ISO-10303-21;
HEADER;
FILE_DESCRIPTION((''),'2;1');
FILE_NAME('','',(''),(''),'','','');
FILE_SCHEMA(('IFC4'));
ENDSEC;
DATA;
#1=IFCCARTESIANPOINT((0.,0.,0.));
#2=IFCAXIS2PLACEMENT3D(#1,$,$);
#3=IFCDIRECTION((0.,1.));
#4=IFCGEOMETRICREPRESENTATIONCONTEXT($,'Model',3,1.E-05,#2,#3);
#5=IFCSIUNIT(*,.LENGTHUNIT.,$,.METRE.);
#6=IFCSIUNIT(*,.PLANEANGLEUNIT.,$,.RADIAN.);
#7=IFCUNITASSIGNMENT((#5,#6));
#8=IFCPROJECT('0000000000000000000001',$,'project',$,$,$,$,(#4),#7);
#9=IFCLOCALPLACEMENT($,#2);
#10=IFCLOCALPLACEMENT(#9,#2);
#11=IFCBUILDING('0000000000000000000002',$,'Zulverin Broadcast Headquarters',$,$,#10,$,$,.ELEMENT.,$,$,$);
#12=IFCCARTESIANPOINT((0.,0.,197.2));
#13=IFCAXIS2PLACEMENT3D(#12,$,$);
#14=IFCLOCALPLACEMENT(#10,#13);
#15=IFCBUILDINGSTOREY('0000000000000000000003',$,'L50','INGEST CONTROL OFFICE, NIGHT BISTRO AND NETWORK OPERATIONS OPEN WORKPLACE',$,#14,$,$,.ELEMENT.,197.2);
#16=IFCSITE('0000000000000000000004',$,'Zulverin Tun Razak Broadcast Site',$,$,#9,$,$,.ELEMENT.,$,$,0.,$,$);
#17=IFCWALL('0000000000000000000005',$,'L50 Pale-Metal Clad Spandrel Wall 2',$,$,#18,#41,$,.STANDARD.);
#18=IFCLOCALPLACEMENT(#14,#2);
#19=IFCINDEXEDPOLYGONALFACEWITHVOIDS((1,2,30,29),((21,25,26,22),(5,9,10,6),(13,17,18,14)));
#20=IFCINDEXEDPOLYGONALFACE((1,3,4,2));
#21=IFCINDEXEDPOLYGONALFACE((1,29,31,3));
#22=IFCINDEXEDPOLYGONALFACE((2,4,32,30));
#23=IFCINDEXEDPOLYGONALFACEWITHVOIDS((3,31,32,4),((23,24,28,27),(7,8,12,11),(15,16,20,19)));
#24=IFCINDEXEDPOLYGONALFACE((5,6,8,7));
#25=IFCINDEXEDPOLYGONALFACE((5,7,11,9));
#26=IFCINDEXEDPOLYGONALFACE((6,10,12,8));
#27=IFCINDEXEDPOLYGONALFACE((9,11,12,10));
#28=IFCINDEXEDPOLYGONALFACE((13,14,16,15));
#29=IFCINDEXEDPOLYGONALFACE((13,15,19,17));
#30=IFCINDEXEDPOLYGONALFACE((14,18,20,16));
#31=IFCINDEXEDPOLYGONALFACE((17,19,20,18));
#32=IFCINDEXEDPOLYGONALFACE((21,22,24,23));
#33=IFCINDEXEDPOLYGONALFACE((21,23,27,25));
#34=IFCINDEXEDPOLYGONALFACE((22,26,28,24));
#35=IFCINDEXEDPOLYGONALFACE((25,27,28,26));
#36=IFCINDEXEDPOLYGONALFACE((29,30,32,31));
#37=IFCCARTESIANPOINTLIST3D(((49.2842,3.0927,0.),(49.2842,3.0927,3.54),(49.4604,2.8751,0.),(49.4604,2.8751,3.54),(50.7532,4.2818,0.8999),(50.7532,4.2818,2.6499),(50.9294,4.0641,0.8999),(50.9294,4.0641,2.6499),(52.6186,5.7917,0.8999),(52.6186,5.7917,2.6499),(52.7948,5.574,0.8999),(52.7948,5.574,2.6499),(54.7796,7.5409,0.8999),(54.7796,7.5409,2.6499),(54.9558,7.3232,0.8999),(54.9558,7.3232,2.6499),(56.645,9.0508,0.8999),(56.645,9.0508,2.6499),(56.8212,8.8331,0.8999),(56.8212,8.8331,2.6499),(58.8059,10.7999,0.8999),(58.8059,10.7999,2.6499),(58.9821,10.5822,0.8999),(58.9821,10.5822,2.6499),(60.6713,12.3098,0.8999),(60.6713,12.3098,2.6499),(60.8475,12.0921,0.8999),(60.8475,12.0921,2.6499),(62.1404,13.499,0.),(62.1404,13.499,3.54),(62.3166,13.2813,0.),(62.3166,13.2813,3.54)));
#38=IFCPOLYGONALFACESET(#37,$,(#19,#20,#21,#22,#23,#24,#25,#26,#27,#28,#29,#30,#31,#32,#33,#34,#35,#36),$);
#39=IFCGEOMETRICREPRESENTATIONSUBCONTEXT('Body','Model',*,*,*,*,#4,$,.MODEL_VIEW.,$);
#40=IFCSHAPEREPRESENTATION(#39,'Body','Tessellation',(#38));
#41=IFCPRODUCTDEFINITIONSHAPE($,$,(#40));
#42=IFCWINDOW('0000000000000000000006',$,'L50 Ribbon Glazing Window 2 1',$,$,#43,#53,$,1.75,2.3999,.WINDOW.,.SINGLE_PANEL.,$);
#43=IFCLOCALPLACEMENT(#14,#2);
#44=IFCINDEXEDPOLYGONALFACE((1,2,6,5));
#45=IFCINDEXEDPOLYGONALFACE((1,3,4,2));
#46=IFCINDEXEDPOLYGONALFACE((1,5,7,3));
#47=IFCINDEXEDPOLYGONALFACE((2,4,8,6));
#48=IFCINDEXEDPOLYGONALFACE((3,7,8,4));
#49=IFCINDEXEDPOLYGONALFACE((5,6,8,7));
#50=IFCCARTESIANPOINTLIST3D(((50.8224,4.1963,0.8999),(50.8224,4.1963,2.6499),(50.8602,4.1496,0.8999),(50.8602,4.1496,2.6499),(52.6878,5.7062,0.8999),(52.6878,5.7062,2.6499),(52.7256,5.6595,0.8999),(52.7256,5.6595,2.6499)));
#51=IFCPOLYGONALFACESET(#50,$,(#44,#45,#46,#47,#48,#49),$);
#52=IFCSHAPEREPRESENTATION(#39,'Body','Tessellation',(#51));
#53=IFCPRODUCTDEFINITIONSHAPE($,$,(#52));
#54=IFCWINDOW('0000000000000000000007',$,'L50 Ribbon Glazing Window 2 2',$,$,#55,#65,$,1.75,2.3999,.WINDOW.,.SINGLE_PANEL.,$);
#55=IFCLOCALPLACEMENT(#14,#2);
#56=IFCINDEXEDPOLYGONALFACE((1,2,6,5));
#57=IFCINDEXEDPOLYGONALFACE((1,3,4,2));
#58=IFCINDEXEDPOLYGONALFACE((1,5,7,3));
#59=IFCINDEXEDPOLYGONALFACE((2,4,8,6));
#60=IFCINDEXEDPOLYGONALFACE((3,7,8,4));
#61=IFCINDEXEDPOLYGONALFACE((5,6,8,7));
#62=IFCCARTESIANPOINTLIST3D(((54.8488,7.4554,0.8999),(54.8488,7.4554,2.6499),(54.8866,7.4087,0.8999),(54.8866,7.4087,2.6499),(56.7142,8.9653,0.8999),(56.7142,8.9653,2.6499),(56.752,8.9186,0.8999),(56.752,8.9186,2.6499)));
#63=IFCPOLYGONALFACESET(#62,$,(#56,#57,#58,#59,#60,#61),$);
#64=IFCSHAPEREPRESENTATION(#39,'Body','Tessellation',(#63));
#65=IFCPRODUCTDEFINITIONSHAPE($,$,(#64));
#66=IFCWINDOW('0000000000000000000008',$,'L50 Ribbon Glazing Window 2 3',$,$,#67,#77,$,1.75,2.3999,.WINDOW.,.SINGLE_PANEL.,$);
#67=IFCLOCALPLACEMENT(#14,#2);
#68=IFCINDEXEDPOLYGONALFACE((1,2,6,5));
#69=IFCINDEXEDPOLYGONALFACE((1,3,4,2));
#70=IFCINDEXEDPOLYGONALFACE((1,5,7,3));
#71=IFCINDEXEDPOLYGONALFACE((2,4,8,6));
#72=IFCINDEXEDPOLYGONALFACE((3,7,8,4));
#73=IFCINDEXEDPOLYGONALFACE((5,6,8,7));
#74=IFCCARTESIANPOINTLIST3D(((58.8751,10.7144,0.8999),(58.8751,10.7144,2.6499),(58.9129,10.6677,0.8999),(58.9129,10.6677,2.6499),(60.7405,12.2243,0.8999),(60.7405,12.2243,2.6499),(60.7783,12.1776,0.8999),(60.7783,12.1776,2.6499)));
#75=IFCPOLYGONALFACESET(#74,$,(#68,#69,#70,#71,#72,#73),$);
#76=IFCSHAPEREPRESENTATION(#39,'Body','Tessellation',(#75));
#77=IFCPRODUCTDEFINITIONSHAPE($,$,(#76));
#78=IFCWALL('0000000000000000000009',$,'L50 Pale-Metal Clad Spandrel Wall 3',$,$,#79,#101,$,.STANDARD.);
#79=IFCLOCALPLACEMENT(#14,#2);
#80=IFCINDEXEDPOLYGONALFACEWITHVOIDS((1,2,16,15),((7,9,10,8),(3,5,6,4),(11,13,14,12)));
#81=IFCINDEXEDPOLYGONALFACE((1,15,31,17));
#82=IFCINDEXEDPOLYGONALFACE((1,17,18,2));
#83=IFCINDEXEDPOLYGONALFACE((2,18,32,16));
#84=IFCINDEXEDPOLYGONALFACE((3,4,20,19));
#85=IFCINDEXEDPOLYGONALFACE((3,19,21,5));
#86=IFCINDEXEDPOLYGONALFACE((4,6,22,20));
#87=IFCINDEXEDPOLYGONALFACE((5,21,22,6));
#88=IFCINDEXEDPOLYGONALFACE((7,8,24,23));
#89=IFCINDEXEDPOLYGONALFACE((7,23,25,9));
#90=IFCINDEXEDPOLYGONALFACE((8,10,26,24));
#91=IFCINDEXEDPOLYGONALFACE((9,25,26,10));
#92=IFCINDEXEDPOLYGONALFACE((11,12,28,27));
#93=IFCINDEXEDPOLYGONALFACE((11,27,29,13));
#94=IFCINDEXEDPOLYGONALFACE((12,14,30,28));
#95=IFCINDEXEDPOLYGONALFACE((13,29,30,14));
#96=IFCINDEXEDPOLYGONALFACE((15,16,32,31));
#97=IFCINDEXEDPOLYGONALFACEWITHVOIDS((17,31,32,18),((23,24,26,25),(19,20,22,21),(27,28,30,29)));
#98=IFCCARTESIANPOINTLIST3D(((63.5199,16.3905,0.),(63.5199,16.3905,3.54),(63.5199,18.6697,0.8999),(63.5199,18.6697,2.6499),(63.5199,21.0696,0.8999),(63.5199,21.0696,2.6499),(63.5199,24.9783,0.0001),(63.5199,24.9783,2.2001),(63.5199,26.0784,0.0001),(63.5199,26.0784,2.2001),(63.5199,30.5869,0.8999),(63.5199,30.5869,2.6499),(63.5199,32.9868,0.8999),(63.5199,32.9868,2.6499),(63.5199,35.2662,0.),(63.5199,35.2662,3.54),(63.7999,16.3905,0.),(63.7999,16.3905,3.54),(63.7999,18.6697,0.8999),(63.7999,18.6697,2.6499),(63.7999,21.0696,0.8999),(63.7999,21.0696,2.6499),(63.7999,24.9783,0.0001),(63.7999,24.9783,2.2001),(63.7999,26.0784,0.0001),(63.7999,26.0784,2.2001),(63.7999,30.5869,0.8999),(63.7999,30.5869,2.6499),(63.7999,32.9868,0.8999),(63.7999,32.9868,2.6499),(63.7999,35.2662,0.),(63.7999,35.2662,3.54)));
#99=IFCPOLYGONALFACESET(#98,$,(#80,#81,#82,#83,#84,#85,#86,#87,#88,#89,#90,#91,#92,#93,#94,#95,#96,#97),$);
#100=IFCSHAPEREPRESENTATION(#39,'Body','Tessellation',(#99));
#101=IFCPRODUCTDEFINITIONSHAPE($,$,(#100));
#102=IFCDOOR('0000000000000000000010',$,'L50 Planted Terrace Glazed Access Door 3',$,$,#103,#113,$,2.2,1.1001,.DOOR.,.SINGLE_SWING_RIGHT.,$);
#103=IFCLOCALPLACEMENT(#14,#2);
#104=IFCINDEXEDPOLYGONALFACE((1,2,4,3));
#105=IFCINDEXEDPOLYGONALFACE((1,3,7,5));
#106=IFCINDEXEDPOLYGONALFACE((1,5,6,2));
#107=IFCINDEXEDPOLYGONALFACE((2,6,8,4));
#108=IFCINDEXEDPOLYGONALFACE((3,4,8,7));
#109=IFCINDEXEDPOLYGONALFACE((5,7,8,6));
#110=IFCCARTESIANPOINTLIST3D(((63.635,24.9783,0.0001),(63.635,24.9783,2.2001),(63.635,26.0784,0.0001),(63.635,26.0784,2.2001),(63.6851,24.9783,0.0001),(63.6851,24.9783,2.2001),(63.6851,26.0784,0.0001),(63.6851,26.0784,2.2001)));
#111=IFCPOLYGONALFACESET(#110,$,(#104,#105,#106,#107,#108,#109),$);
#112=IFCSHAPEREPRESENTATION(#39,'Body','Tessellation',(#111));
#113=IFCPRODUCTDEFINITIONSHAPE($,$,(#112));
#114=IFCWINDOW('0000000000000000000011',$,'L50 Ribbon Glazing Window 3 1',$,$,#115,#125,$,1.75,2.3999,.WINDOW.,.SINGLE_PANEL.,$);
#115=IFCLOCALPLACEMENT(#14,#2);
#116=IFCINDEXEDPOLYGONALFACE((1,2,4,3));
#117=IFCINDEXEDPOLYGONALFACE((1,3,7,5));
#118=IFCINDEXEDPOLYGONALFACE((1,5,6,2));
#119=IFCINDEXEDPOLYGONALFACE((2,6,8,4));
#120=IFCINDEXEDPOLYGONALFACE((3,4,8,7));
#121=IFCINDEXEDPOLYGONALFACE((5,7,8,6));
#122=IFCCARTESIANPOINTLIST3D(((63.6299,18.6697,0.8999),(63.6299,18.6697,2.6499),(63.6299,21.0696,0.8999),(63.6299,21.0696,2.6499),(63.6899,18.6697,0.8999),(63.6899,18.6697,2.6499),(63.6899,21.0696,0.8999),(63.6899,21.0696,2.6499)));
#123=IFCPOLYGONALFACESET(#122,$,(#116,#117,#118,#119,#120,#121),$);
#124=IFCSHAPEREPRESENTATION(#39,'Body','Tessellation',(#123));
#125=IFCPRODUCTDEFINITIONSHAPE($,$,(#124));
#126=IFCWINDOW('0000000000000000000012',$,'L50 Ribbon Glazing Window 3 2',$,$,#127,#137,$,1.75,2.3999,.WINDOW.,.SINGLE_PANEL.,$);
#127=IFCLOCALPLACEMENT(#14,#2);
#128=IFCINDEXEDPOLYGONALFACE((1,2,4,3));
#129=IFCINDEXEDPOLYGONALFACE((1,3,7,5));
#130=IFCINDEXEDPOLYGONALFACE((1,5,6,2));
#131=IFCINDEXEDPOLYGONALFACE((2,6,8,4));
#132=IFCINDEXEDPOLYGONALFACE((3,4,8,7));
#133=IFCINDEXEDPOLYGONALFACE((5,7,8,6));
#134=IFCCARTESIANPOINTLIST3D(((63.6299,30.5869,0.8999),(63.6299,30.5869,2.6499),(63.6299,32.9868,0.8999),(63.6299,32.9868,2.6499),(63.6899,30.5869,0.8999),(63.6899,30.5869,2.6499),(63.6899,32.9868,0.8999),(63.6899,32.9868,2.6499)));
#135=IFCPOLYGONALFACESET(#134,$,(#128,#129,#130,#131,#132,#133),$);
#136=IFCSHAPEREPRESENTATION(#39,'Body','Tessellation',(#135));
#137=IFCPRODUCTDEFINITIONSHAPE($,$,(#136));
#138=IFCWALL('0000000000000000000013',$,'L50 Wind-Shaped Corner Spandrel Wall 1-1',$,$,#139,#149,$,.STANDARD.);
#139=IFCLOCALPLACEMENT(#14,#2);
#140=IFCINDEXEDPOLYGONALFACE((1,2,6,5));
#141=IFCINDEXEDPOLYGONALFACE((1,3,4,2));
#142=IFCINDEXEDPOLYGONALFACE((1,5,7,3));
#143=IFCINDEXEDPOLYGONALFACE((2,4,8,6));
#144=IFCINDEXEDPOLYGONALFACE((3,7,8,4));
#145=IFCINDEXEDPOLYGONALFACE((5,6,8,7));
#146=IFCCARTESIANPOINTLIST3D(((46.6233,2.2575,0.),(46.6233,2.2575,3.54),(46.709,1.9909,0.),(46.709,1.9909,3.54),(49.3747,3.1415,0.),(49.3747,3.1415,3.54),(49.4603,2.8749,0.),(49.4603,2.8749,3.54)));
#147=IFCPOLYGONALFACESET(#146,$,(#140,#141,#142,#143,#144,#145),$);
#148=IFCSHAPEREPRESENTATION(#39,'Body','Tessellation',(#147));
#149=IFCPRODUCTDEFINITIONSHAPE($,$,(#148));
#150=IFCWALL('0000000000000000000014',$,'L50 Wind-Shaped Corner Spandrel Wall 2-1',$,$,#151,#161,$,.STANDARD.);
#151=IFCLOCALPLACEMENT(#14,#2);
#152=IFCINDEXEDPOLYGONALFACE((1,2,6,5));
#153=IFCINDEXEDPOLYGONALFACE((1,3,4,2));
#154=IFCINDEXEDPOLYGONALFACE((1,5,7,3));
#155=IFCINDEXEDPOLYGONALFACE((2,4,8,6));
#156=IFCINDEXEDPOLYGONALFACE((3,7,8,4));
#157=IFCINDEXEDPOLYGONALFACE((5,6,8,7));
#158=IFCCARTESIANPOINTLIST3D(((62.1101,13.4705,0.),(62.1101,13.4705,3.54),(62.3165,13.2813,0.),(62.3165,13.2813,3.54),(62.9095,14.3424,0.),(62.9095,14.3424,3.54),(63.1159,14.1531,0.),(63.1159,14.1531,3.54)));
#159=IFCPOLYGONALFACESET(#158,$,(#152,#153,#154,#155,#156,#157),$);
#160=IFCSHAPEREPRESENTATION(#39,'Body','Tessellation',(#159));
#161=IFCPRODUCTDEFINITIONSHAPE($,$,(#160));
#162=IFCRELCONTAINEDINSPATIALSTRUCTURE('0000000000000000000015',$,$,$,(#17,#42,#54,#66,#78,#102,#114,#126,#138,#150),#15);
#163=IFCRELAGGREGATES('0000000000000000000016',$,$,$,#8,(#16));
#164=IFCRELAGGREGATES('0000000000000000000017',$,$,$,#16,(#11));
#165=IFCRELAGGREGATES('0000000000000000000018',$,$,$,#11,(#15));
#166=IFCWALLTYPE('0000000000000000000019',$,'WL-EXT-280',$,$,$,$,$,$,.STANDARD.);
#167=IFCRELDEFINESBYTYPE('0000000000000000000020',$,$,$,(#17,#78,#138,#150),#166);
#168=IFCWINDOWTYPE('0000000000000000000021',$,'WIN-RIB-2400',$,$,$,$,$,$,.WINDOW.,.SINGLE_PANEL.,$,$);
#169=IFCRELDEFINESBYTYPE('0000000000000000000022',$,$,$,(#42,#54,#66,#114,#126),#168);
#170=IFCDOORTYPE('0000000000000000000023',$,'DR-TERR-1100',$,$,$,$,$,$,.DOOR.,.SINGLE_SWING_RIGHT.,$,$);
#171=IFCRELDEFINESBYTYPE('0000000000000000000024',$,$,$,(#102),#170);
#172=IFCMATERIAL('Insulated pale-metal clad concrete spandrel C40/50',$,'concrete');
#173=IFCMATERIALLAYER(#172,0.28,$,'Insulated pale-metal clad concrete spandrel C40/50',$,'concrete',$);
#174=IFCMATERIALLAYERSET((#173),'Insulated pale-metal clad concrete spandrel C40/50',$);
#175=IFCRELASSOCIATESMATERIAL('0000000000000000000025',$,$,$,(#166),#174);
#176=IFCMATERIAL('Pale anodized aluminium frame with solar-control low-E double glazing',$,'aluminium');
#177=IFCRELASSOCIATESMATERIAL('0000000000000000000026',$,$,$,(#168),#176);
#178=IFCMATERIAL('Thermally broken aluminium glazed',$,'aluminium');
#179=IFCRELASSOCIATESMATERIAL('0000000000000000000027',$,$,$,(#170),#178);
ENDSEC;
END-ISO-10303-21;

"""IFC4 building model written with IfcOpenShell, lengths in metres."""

from ifc_helpers import new_model, si_unit, direction, frame, frame_2d, origin, place, context, subcontext, project, spatial, rectangle, extrude, material, layer, layer_set, type_object, element, fill, save


model = new_model("IFC4")

# Units and contexts
model_context = context("Model", 3, precision=1e-05, world=origin(), true_north=direction((0.0, 1.0)))
body_context = subcontext(model_context, "Body", "Model", "MODEL_VIEW")
ifc_project = project(units=[si_unit("LENGTHUNIT", "METRE"), si_unit("PLANEANGLEUNIT", "RADIAN")], contexts=[model_context])

# Site, building, storey
site_placement = place(None, origin())
site = spatial("IfcSite", under=ifc_project, at=site_placement, Name="Zulverin Tun Razak Broadcast Site", CompositionType="ELEMENT", RefElevation=0.0)
building_placement = place(site_placement, origin())
building = spatial("IfcBuilding", under=site, at=building_placement, Name="Zulverin Broadcast Headquarters", CompositionType="ELEMENT")
storey_placement = place(building_placement, frame((0.0, 0.0, 197.2)))
storey = spatial("IfcBuildingStorey", under=building, at=storey_placement, Name="L50", Description="INGEST CONTROL OFFICE, NIGHT BISTRO AND NETWORK OPERATIONS OPEN WORKPLACE", CompositionType="ELEMENT", Elevation=197.2)

# Wall, openings, windows
ifc_material_1 = material(Name="Insulated pale-metal clad concrete spandrel C40/50", Category="concrete")
ifc_layer_1 = layer(ifc_material_1, 0.28, Name="Insulated pale-metal clad concrete spandrel C40/50", Category="concrete")
ifc_layer_set_1 = layer_set([ifc_layer_1], Name="Insulated pale-metal clad concrete spandrel C40/50")
wall_type_1 = type_object("IfcWallType", Name="WL-EXT-280", PredefinedType="STANDARD", material=ifc_layer_set_1)
wall_1_placement = place(storey_placement, frame((49.3723, 2.9839, 0.0), z_axis=(0.0, 0.0, 1.0), x_axis=(0.777279, 0.629156, 0.0)))
wall_1 = element("IfcWall", 1, at=wall_1_placement, inside=storey, type_object=wall_type_1, Name="L50 Pale-Metal Clad Spandrel Wall 2", PredefinedType="STANDARD", context=body_context, shape_type="SweptSolid", body=[
    extrude(rectangle(XDim=16.54, YDim=0.28, at=frame_2d((8.27, 0.0))), origin(), (0.0, 0.0, 1.0), 3.54),
])
opening_1_placement = place(wall_1_placement, frame((1.8899, 0.0, 0.8999)))
opening_1 = element("IfcOpeningElement", 2, at=opening_1_placement, cuts=wall_1, PredefinedType="OPENING", context=body_context, shape_type="SweptSolid", body=[
    extrude(rectangle(XDim=2.3999, YDim=1.75, at=frame_2d((1.2, 0.875))), frame((0.0, 0.1499, 0.0), z_axis=(0.0, -1.0, 0.0), x_axis=(1.0, 0.0, 0.0)), (0.0, 0.0, 1.0), 0.3),
])
opening_2_placement = place(wall_1_placement, frame((7.0701, 0.0, 0.8999)))
opening_2 = element("IfcOpeningElement", 3, at=opening_2_placement, cuts=wall_1, PredefinedType="OPENING", context=body_context, shape_type="SweptSolid", body=[
    extrude(rectangle(XDim=2.3999, YDim=1.75, at=frame_2d((1.2, 0.875))), frame((0.0, 0.1499, 0.0), z_axis=(0.0, -1.0, 0.0), x_axis=(1.0, 0.0, 0.0)), (0.0, 0.0, 1.0), 0.3),
])
opening_3_placement = place(wall_1_placement, frame((12.25, 0.0, 0.8999)))
opening_3 = element("IfcOpeningElement", 4, at=opening_3_placement, cuts=wall_1, PredefinedType="OPENING", context=body_context, shape_type="SweptSolid", body=[
    extrude(rectangle(XDim=2.3999, YDim=1.75, at=frame_2d((1.2, 0.875))), frame((0.0, 0.1499, 0.0), z_axis=(0.0, -1.0, 0.0), x_axis=(1.0, 0.0, 0.0)), (0.0, 0.0, 1.0), 0.3),
])
ifc_material_2 = material(Name="Pale anodized aluminium frame with solar-control low-E double glazing", Category="aluminium")
window_type = type_object("IfcWindowType", Name="WIN-RIB-2400", PartitioningType="SINGLE_PANEL", PredefinedType="WINDOW", material=ifc_material_2)
window_1_placement = place(opening_1_placement, origin())
window_1 = element("IfcWindow", 5, at=window_1_placement, inside=storey, type_object=window_type, Name="L50 Ribbon Glazing Window 2 1", OverallHeight=1.75, OverallWidth=2.3999, PartitioningType="SINGLE_PANEL", PredefinedType="WINDOW", context=body_context, shape_type="SweptSolid", body=[
    extrude(rectangle(XDim=2.3999, YDim=1.75, at=frame_2d((1.2, 0.875))), frame((0.0, 0.03, 0.0), z_axis=(0.0, -1.0, 0.0), x_axis=(1.0, 0.0, 0.0)), (0.0, 0.0, 1.0), 0.0601),
])
fill(opening_1, window_1)
window_2_placement = place(opening_2_placement, origin())
window_2 = element("IfcWindow", 6, at=window_2_placement, inside=storey, type_object=window_type, Name="L50 Ribbon Glazing Window 2 2", OverallHeight=1.75, OverallWidth=2.3999, PartitioningType="SINGLE_PANEL", PredefinedType="WINDOW", context=body_context, shape_type="SweptSolid", body=[
    extrude(rectangle(XDim=2.3999, YDim=1.75, at=frame_2d((1.2, 0.875))), frame((0.0, 0.03, 0.0), z_axis=(0.0, -1.0, 0.0), x_axis=(1.0, 0.0, 0.0)), (0.0, 0.0, 1.0), 0.0601),
])
fill(opening_2, window_2)
window_3_placement = place(opening_3_placement, origin())
window_3 = element("IfcWindow", 7, at=window_3_placement, inside=storey, type_object=window_type, Name="L50 Ribbon Glazing Window 2 3", OverallHeight=1.75, OverallWidth=2.3999, PartitioningType="SINGLE_PANEL", PredefinedType="WINDOW", context=body_context, shape_type="SweptSolid", body=[
    extrude(rectangle(XDim=2.3999, YDim=1.75, at=frame_2d((1.2, 0.875))), frame((0.0, 0.03, 0.0), z_axis=(0.0, -1.0, 0.0), x_axis=(1.0, 0.0, 0.0)), (0.0, 0.0, 1.0), 0.0601),
])
fill(opening_3, window_3)

# Wall, openings, door, windows
wall_2_placement = place(storey_placement, frame((63.6599, 16.3904, 0.0), z_axis=(0.0, 0.0, 1.0), x_axis=(0.0, 1.0, 0.0)))
wall_2 = element("IfcWall", 8, at=wall_2_placement, inside=storey, type_object=wall_type_1, Name="L50 Pale-Metal Clad Spandrel Wall 3", PredefinedType="STANDARD", context=body_context, shape_type="SweptSolid", body=[
    extrude(rectangle(XDim=18.8757, YDim=0.28, at=frame_2d((9.438, 0.0))), origin(), (0.0, 0.0, 1.0), 3.54),
])
opening_4_placement = place(wall_2_placement, frame((8.5879, 0.0, 0.0)))
opening_4 = element("IfcOpeningElement", 9, at=opening_4_placement, cuts=wall_2, PredefinedType="OPENING", context=body_context, shape_type="SweptSolid", body=[
    extrude(rectangle(XDim=1.1001, YDim=2.2, at=frame_2d((0.55, 1.1001))), frame((0.0, 0.1499, 0.0), z_axis=(0.0, -1.0, 0.0), x_axis=(1.0, 0.0, 0.0)), (0.0, 0.0, 1.0), 0.3),
])
opening_5_placement = place(wall_2_placement, frame((2.2793, 0.0, 0.8999)))
opening_5 = element("IfcOpeningElement", 10, at=opening_5_placement, cuts=wall_2, PredefinedType="OPENING", context=body_context, shape_type="SweptSolid", body=[
    extrude(rectangle(XDim=2.3999, YDim=1.75, at=frame_2d((1.2, 0.875))), frame((0.0, 0.1499, 0.0), z_axis=(0.0, -1.0, 0.0), x_axis=(1.0, 0.0, 0.0)), (0.0, 0.0, 1.0), 0.3),
])
opening_6_placement = place(wall_2_placement, frame((14.1965, 0.0, 0.8999)))
opening_6 = element("IfcOpeningElement", 11, at=opening_6_placement, cuts=wall_2, PredefinedType="OPENING", context=body_context, shape_type="SweptSolid", body=[
    extrude(rectangle(XDim=2.3999, YDim=1.75, at=frame_2d((1.2, 0.875))), frame((0.0, 0.1499, 0.0), z_axis=(0.0, -1.0, 0.0), x_axis=(1.0, 0.0, 0.0)), (0.0, 0.0, 1.0), 0.3),
])
ifc_material_3 = material(Name="Thermally broken aluminium glazed", Category="aluminium")
door_type = type_object("IfcDoorType", Name="DR-TERR-1100", OperationType="SINGLE_SWING_RIGHT", PredefinedType="DOOR", material=ifc_material_3)
door_placement = place(opening_4_placement, origin())
door = element("IfcDoor", 12, at=door_placement, inside=storey, type_object=door_type, Name="L50 Planted Terrace Glazed Access Door 3", OperationType="SINGLE_SWING_RIGHT", OverallHeight=2.2, OverallWidth=1.1001, PredefinedType="DOOR", context=body_context, shape_type="SweptSolid", body=[
    extrude(rectangle(XDim=1.1001, YDim=2.2, at=frame_2d((0.55, 1.1001))), frame((0.0, 0.0249, 0.0), z_axis=(0.0, -1.0, 0.0), x_axis=(1.0, 0.0, 0.0)), (0.0, 0.0, 1.0), 0.05),
])
fill(opening_4, door)
window_4_placement = place(opening_5_placement, origin())
window_4 = element("IfcWindow", 13, at=window_4_placement, inside=storey, type_object=window_type, Name="L50 Ribbon Glazing Window 3 1", OverallHeight=1.75, OverallWidth=2.3999, PartitioningType="SINGLE_PANEL", PredefinedType="WINDOW", context=body_context, shape_type="SweptSolid", body=[
    extrude(rectangle(XDim=2.3999, YDim=1.75, at=frame_2d((1.2, 0.875))), frame((0.0, 0.03, 0.0), z_axis=(0.0, -1.0, 0.0), x_axis=(1.0, 0.0, 0.0)), (0.0, 0.0, 1.0), 0.0601),
])
fill(opening_5, window_4)
window_5_placement = place(opening_6_placement, origin())
window_5 = element("IfcWindow", 14, at=window_5_placement, inside=storey, type_object=window_type, Name="L50 Ribbon Glazing Window 3 2", OverallHeight=1.75, OverallWidth=2.3999, PartitioningType="SINGLE_PANEL", PredefinedType="WINDOW", context=body_context, shape_type="SweptSolid", body=[
    extrude(rectangle(XDim=2.3999, YDim=1.75, at=frame_2d((1.2, 0.875))), frame((0.0, 0.03, 0.0), z_axis=(0.0, -1.0, 0.0), x_axis=(1.0, 0.0, 0.0)), (0.0, 0.0, 1.0), 0.0601),
])
fill(opening_6, window_5)

# Walls
wall_3_placement = place(storey_placement, frame((46.6663, 2.1243, 0.0), z_axis=(0.0, 0.0, 1.0), x_axis=(0.952065, 0.305894, 0.0)))
element("IfcWall", 15, at=wall_3_placement, inside=storey, type_object=wall_type_1, Name="L50 Wind-Shaped Corner Spandrel Wall 1-1", PredefinedType="STANDARD", context=body_context, shape_type="SweptSolid", body=[
    extrude(rectangle(XDim=2.8899, YDim=0.28, at=frame_2d((1.4448, 0.0))), origin(), (0.0, 0.0, 1.0), 3.54),
])
wall_4_placement = place(storey_placement, frame((62.2134, 13.376, 0.0), z_axis=(0.0, 0.0, 1.0), x_axis=(0.67579, 0.737094, 0.0)))
element("IfcWall", 16, at=wall_4_placement, inside=storey, type_object=wall_type_1, Name="L50 Wind-Shaped Corner Spandrel Wall 2-1", PredefinedType="STANDARD", context=body_context, shape_type="SweptSolid", body=[
    extrude(rectangle(XDim=1.1829, YDim=0.28, at=frame_2d((0.5913, 0.0))), origin(), (0.0, 0.0, 1.0), 3.54),
])

save(model, "model.ifc")
